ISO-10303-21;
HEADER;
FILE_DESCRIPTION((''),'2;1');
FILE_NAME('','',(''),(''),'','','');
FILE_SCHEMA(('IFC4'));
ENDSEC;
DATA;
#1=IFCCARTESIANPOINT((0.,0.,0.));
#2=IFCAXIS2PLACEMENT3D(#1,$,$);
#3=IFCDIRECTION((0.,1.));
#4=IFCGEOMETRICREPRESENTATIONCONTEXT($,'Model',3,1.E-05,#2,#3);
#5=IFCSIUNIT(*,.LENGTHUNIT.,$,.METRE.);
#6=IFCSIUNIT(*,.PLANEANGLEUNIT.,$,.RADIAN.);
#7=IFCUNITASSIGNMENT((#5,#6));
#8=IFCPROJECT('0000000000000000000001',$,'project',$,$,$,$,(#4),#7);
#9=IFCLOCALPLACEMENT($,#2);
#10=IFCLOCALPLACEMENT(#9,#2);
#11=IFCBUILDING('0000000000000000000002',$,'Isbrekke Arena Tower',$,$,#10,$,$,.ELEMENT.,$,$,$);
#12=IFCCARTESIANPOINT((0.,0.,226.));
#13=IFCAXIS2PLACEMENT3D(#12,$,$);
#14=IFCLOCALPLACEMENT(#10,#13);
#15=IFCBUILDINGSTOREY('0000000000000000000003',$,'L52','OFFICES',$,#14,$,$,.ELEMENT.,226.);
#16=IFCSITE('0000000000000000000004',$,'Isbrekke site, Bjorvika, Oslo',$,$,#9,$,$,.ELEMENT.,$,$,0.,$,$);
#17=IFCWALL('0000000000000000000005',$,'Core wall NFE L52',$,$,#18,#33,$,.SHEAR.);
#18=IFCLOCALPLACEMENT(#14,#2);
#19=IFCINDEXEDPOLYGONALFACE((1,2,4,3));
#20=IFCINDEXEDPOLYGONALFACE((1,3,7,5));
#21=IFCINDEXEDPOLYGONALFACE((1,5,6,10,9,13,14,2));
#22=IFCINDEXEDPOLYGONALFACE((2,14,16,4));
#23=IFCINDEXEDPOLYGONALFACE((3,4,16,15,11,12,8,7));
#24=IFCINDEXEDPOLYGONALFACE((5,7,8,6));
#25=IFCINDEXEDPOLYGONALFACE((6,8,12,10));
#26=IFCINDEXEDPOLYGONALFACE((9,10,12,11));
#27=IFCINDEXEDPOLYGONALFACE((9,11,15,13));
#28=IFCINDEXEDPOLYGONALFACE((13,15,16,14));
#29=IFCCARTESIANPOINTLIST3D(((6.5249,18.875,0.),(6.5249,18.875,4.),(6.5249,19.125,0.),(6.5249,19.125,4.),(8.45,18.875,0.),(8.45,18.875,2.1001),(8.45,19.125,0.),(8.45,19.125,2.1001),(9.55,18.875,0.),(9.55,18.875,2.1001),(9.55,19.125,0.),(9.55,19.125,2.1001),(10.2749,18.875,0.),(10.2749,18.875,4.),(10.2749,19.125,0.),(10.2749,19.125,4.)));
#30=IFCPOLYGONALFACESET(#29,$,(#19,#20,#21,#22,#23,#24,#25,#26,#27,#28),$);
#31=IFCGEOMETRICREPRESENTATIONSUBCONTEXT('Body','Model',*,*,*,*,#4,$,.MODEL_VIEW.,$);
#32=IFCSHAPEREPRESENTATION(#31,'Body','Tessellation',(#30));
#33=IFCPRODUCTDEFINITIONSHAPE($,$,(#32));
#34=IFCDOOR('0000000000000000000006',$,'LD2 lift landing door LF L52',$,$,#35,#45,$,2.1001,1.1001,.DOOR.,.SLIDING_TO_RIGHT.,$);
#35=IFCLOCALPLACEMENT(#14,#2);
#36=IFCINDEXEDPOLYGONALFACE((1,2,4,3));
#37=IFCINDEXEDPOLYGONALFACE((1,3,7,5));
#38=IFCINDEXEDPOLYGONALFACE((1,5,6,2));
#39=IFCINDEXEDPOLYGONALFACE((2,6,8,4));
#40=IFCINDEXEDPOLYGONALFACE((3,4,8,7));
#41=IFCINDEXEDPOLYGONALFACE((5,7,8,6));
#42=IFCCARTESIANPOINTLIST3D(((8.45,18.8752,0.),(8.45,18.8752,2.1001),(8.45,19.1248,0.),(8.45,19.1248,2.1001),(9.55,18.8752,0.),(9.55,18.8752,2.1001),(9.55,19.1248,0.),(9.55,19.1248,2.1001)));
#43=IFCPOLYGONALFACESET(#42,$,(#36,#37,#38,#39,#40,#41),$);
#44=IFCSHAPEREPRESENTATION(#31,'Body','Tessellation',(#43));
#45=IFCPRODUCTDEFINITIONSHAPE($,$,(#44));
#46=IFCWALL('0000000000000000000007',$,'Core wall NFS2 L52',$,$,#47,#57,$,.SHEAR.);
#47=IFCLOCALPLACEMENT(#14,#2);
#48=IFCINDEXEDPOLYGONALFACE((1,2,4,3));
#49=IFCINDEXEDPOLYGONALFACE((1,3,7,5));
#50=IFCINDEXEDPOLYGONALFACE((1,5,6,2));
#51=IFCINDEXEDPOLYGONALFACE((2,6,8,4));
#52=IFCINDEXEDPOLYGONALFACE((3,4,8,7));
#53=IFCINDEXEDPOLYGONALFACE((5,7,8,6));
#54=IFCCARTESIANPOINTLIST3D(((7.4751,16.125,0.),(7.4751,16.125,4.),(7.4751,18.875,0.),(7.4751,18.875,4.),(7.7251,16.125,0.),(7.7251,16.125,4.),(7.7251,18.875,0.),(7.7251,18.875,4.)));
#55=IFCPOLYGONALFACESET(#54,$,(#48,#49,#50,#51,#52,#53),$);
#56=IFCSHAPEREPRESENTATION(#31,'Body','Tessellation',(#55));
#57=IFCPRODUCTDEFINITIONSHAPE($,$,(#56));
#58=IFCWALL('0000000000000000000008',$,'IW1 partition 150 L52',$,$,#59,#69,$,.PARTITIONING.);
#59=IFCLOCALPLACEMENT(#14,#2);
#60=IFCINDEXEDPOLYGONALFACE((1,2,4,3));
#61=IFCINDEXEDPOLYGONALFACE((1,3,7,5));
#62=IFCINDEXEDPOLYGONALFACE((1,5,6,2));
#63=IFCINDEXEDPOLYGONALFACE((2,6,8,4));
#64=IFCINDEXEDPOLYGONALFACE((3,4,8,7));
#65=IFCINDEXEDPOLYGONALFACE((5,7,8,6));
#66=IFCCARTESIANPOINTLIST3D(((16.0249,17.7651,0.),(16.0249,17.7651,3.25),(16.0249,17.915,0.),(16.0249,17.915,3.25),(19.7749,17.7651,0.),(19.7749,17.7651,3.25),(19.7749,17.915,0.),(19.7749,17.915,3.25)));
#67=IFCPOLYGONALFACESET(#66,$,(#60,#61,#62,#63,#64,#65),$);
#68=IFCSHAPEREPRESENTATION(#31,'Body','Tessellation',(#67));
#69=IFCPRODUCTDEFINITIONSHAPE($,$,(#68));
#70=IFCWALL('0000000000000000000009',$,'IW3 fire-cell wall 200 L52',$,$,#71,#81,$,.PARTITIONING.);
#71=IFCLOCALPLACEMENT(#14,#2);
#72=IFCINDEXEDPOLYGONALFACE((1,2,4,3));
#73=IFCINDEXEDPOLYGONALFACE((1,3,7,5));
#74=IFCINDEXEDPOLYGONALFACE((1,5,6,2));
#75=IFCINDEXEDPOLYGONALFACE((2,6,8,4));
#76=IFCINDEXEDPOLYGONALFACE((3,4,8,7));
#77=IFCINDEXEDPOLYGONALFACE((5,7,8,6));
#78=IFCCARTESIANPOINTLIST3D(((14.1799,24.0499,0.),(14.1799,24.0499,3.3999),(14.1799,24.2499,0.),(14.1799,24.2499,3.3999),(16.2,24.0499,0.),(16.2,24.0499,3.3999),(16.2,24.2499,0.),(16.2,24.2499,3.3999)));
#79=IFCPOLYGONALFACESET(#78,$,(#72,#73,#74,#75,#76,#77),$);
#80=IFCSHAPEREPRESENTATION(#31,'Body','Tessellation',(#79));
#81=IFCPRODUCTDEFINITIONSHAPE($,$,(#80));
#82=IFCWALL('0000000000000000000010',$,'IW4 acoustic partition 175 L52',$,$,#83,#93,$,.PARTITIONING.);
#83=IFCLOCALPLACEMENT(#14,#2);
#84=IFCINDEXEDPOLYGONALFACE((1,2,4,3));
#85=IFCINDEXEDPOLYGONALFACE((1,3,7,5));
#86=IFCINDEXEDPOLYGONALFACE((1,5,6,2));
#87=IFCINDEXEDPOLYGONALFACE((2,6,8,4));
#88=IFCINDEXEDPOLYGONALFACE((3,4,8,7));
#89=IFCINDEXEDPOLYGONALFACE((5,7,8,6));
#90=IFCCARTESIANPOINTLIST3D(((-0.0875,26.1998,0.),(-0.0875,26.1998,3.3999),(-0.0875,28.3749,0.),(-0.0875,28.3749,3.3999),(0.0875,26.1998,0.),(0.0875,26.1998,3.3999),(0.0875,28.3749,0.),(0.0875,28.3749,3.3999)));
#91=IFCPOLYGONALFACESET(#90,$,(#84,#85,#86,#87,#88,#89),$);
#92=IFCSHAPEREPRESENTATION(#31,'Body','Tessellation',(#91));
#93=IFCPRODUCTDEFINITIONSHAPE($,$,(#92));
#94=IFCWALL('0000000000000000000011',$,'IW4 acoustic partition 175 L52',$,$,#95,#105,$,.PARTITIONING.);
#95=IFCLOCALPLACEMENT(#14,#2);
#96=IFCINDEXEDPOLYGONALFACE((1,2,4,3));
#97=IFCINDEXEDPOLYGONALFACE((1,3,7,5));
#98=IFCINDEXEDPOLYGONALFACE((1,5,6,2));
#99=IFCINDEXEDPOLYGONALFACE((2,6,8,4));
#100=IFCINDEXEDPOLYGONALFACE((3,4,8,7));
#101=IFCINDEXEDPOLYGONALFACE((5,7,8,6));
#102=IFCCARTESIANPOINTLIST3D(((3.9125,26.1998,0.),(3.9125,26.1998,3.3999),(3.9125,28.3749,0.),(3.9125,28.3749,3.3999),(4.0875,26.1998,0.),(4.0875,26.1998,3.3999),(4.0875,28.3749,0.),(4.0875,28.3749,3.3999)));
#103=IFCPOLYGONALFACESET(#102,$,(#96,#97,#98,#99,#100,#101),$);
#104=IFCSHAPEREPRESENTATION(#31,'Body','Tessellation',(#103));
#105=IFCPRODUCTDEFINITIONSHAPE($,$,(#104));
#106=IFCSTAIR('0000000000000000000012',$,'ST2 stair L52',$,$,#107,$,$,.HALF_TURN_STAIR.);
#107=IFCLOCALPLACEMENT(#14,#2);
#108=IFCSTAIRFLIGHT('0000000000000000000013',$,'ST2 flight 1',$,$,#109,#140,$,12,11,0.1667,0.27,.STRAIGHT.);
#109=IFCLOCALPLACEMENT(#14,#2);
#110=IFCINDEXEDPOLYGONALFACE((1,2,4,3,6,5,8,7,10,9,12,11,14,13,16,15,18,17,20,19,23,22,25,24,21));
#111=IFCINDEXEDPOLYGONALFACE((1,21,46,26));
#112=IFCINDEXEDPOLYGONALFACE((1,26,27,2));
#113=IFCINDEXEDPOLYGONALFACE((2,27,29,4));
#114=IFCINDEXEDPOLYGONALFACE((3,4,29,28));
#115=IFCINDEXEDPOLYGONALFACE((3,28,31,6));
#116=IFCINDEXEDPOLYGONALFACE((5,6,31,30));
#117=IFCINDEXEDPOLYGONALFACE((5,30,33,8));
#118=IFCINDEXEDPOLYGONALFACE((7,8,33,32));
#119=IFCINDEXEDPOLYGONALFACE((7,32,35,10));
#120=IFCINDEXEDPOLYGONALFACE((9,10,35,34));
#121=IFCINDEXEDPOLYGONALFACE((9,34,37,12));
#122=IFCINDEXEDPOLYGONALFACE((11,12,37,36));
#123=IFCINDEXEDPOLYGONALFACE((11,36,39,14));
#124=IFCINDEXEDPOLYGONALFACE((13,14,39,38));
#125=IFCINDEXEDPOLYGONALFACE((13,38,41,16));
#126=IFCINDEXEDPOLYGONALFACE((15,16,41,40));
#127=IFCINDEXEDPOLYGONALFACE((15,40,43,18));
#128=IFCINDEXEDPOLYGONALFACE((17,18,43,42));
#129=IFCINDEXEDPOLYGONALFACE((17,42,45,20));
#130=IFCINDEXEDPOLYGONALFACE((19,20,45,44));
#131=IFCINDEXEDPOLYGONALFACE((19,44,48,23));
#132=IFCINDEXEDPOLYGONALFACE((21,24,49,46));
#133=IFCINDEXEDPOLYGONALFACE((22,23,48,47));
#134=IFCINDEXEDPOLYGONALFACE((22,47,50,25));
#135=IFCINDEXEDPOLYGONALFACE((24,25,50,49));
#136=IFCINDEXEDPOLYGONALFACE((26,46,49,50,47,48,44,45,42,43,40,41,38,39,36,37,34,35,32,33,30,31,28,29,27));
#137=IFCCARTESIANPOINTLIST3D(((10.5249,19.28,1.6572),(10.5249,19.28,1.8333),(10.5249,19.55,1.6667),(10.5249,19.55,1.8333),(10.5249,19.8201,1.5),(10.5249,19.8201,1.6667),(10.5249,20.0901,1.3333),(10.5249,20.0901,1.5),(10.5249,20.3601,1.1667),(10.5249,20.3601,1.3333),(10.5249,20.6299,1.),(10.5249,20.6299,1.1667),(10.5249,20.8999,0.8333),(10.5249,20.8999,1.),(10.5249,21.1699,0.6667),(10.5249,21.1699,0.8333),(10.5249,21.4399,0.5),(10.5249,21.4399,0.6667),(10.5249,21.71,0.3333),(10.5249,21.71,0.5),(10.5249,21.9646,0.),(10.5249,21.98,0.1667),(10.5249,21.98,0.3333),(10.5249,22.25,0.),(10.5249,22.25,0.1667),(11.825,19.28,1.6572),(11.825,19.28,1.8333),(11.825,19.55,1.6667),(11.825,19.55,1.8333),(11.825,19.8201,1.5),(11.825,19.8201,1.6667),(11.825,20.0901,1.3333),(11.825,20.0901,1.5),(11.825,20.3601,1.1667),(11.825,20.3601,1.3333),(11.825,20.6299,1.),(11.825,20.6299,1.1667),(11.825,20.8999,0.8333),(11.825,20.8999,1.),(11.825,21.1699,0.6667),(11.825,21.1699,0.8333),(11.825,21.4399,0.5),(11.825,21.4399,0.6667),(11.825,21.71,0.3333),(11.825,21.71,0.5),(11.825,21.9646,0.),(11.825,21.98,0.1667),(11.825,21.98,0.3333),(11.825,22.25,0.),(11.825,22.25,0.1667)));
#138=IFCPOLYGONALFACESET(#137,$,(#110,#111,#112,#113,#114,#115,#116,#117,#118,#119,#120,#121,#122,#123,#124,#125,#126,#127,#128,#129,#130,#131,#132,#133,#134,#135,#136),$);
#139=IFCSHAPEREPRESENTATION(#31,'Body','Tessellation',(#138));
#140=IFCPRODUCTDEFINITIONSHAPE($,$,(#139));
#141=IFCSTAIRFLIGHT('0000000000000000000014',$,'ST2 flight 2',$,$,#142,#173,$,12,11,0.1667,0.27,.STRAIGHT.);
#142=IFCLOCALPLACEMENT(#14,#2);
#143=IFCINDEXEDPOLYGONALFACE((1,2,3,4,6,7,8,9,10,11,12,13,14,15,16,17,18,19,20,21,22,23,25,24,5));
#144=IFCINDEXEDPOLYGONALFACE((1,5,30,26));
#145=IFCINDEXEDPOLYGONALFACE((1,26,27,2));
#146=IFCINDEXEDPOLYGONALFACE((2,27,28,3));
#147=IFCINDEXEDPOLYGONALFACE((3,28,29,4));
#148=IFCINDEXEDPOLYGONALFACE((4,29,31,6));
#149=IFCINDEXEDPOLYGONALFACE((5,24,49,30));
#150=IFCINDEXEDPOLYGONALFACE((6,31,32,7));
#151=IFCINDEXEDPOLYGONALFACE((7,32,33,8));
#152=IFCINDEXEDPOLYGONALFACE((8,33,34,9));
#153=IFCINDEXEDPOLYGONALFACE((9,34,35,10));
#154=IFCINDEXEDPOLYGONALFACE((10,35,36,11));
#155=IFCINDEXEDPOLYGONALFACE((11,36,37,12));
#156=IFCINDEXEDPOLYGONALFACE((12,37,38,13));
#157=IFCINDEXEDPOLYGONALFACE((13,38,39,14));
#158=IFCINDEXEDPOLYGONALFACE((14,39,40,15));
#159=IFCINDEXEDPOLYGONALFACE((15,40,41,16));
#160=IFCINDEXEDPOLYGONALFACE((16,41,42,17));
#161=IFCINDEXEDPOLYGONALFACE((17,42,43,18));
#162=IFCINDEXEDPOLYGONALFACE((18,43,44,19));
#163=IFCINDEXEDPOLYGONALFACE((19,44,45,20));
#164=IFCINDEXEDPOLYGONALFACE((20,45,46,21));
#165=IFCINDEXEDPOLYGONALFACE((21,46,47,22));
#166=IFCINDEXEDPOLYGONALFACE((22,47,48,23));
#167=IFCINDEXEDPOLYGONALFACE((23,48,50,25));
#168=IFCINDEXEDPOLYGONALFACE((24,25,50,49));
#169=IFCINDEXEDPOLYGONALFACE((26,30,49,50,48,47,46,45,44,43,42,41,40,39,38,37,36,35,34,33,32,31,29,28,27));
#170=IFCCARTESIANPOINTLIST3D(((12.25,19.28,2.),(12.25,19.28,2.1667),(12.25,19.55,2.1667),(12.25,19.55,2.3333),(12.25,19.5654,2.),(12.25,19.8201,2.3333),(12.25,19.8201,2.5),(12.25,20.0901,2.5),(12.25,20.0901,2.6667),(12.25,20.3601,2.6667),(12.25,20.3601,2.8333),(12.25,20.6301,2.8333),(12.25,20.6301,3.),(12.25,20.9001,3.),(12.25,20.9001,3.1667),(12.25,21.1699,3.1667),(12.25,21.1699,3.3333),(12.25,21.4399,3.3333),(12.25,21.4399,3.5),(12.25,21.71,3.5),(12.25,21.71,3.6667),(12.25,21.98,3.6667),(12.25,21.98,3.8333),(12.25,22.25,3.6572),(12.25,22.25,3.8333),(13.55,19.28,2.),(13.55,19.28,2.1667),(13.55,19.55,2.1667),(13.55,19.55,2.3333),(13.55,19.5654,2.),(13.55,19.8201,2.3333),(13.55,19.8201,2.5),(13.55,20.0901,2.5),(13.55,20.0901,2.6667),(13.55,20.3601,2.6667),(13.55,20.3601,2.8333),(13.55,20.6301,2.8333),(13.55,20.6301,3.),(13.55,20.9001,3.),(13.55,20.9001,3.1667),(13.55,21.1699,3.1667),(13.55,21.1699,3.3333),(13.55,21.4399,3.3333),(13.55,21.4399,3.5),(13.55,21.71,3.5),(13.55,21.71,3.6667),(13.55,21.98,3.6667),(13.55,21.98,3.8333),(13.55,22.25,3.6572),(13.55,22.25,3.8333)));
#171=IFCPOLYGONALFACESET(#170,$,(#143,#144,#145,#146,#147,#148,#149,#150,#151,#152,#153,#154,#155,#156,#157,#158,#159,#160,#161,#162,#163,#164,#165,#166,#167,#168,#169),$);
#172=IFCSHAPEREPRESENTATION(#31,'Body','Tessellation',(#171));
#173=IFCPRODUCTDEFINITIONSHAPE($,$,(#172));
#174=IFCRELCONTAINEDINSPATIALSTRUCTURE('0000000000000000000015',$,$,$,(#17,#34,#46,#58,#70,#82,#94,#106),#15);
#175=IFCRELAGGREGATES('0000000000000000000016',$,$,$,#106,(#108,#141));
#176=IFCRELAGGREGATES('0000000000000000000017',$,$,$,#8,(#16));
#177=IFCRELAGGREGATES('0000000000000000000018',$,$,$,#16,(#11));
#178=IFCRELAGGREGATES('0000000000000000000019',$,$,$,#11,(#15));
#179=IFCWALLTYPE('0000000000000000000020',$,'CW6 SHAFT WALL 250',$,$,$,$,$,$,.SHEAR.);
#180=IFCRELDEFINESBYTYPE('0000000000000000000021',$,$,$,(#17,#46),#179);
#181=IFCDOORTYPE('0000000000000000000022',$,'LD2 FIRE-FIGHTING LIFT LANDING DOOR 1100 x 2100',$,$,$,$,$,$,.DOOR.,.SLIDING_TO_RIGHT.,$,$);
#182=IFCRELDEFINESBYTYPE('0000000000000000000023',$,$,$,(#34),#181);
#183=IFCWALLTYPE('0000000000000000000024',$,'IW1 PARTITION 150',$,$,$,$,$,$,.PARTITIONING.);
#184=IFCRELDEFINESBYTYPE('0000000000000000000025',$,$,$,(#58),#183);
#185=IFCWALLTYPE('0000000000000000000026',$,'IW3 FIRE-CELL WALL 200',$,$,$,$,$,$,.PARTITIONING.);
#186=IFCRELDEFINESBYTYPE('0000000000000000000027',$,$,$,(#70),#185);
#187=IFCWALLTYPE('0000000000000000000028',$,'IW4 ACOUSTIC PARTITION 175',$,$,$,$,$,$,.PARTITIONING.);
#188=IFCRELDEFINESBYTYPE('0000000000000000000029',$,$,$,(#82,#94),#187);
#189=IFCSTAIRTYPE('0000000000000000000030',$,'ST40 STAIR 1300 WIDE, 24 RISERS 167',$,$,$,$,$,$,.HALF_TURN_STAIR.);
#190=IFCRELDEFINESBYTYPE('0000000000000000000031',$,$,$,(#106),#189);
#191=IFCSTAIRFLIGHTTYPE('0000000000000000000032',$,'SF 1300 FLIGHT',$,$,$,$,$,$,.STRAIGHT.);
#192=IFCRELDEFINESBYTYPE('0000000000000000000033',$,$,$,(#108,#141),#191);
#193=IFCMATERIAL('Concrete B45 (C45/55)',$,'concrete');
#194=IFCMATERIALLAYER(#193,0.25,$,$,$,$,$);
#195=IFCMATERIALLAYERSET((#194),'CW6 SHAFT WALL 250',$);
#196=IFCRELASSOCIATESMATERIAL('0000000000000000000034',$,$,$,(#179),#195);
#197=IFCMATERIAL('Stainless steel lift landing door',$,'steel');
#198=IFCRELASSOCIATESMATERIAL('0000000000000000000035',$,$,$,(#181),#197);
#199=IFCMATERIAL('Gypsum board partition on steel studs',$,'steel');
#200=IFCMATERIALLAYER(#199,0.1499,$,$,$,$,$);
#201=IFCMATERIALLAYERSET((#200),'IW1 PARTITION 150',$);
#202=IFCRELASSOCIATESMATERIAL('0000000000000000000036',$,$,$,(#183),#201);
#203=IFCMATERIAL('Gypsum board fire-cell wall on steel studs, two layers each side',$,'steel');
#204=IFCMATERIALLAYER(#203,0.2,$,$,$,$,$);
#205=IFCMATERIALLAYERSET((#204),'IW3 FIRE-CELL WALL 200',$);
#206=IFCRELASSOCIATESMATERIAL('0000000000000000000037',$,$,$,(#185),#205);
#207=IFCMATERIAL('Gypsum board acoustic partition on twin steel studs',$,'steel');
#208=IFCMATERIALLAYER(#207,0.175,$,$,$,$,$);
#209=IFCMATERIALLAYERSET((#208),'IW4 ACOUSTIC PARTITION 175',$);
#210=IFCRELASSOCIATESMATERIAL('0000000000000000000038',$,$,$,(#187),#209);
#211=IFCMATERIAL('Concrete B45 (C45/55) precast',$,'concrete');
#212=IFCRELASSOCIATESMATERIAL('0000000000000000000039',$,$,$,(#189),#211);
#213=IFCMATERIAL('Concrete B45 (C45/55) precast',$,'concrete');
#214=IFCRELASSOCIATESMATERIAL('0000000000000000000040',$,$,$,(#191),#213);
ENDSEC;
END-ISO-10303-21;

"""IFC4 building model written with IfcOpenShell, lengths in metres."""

from ifc_helpers import new_model, si_unit, direction, frame, frame_2d, origin, place, context, subcontext, project, spatial, polyline, rectangle, outline, extrude, material, layer, layer_set, type_object, element, fill, aggregate, save


model = new_model("IFC4")

# Units and contexts
model_context = context("Model", 3, precision=1e-05, world=origin(), true_north=direction((0.0, 1.0)))
body_context = subcontext(model_context, "Body", "Model", "MODEL_VIEW")
ifc_project = project(units=[si_unit("LENGTHUNIT", "METRE"), si_unit("PLANEANGLEUNIT", "RADIAN")], contexts=[model_context])

# Site, building, storey
site_placement = place(None, origin())
site = spatial("IfcSite", under=ifc_project, at=site_placement, Name="Isbrekke site, Bjorvika, Oslo", CompositionType="ELEMENT", RefElevation=0.0)
building_placement = place(site_placement, origin())
building = spatial("IfcBuilding", under=site, at=building_placement, Name="Isbrekke Arena Tower", CompositionType="ELEMENT")
storey_placement = place(building_placement, frame((0.0, 0.0, 226.0)))
storey = spatial("IfcBuildingStorey", under=building, at=storey_placement, Name="L52", Description="OFFICES", CompositionType="ELEMENT", Elevation=226.0)

# Shared definitions
ifc_material_1 = material(Name="Concrete B45 (C45/55)", Category="concrete")
ifc_layer_1 = layer(ifc_material_1, 0.25)
ifc_layer_set_1 = layer_set([ifc_layer_1], Name="CW6 SHAFT WALL 250")
wall_type_1 = type_object("IfcWallType", Name="CW6 SHAFT WALL 250", PredefinedType="SHEAR", material=ifc_layer_set_1)

# Wall, opening, door
wall_1_placement = place(storey_placement, frame((6.5249, 19.0, 0.0), z_axis=(0.0, 0.0, 1.0), x_axis=(1.0, 0.0, 0.0)))
wall_1 = element("IfcWall", 1, at=wall_1_placement, inside=storey, type_object=wall_type_1, Name="Core wall NFE L52", PredefinedType="SHEAR", context=body_context, shape_type="SweptSolid", body=[
    extrude(rectangle(XDim=3.75, YDim=0.25, at=frame_2d((1.875, 0.0))), origin(), (0.0, 0.0, 1.0), 4.0),
])
opening_1_placement = place(wall_1_placement, frame((1.925, 0.0, 0.0)))
opening_1 = element("IfcOpeningElement", 2, at=opening_1_placement, cuts=wall_1, PredefinedType="OPENING", context=body_context, shape_type="SweptSolid", body=[
    extrude(rectangle(XDim=1.1001, YDim=2.1001, at=frame_2d((0.55, 1.05))), frame((0.0, 0.1399, 0.0), z_axis=(0.0, -1.0, 0.0), x_axis=(1.0, 0.0, 0.0)), (0.0, 0.0, 1.0), 0.2798),
])
ifc_material_2 = material(Name="Stainless steel lift landing door", Category="steel")
door_type_1 = type_object("IfcDoorType", Name="LD2 FIRE-FIGHTING LIFT LANDING DOOR 1100 x 2100", OperationType="SLIDING_TO_RIGHT", PredefinedType="DOOR", material=ifc_material_2)
door_1_placement = place(opening_1_placement, origin())
door_1 = element("IfcDoor", 3, at=door_1_placement, inside=storey, type_object=door_type_1, Name="LD2 lift landing door LF L52", OperationType="SLIDING_TO_RIGHT", OverallHeight=2.1001, OverallWidth=1.1001, PredefinedType="DOOR", context=body_context, shape_type="SweptSolid", body=[
    extrude(rectangle(XDim=1.1001, YDim=2.1001, at=frame_2d((0.55, 1.05))), frame((0.0, 0.1248, 0.0), z_axis=(0.0, -1.0, 0.0), x_axis=(1.0, 0.0, 0.0)), (0.0, 0.0, 1.0), 0.2495),
])
fill(opening_1, door_1)

# Walls
wall_2_placement = place(storey_placement, frame((7.6001, 16.125, 0.0), z_axis=(0.0, 0.0, 1.0), x_axis=(0.0, 1.0, 0.0)))
element("IfcWall", 4, at=wall_2_placement, inside=storey, type_object=wall_type_1, Name="Core wall NFS2 L52", PredefinedType="SHEAR", context=body_context, shape_type="SweptSolid", body=[
    extrude(rectangle(XDim=2.75, YDim=0.25, at=frame_2d((1.375, 0.0))), origin(), (0.0, 0.0, 1.0), 4.0),
])
ifc_material_3 = material(Name="Gypsum board partition on steel studs", Category="steel")
ifc_layer_2 = layer(ifc_material_3, 0.1499)
ifc_layer_set_2 = layer_set([ifc_layer_2], Name="IW1 PARTITION 150")
wall_type_2 = type_object("IfcWallType", Name="IW1 PARTITION 150", PredefinedType="PARTITIONING", material=ifc_layer_set_2)
wall_3_placement = place(storey_placement, frame((16.0249, 17.8401, 0.0), z_axis=(0.0, 0.0, 1.0), x_axis=(1.0, 0.0, 0.0)))
element("IfcWall", 5, at=wall_3_placement, inside=storey, type_object=wall_type_2, Name="IW1 partition 150 L52", PredefinedType="PARTITIONING", context=body_context, shape_type="SweptSolid", body=[
    extrude(rectangle(XDim=3.75, YDim=0.1499, at=frame_2d((1.875, 0.0))), origin(), (0.0, 0.0, 1.0), 3.25),
])
ifc_material_4 = material(Name="Gypsum board fire-cell wall on steel studs, two layers each side", Category="steel")
ifc_layer_3 = layer(ifc_material_4, 0.2)
ifc_layer_set_3 = layer_set([ifc_layer_3], Name="IW3 FIRE-CELL WALL 200")
wall_type_3 = type_object("IfcWallType", Name="IW3 FIRE-CELL WALL 200", PredefinedType="PARTITIONING", material=ifc_layer_set_3)
wall_4_placement = place(storey_placement, frame((14.1799, 24.1499, 0.0), z_axis=(0.0, 0.0, 1.0), x_axis=(1.0, 0.0, 0.0)))
element("IfcWall", 6, at=wall_4_placement, inside=storey, type_object=wall_type_3, Name="IW3 fire-cell wall 200 L52", PredefinedType="PARTITIONING", context=body_context, shape_type="SweptSolid", body=[
    extrude(rectangle(XDim=2.02, YDim=0.2, at=frame_2d((1.01, 0.0))), origin(), (0.0, 0.0, 1.0), 3.3999),
])
ifc_material_5 = material(Name="Gypsum board acoustic partition on twin steel studs", Category="steel")
ifc_layer_4 = layer(ifc_material_5, 0.175)
ifc_layer_set_4 = layer_set([ifc_layer_4], Name="IW4 ACOUSTIC PARTITION 175")
wall_type_4 = type_object("IfcWallType", Name="IW4 ACOUSTIC PARTITION 175", PredefinedType="PARTITIONING", material=ifc_layer_set_4)
for number, where, z_axis, x_axis, name in (
    (7, (0.0, 26.2, 0.0), (0.0, 0.0, 1.0), (0.0, 1.0, 0.0), "IW4 acoustic partition 175 L52"),
    (8, (4.0, 26.2, 0.0), (0.0, 0.0, 1.0), (0.0, 1.0, 0.0), "IW4 acoustic partition 175 L52"),
):
    element("IfcWall", number, at=place(storey_placement, frame(where, z_axis=z_axis, x_axis=x_axis)), inside=storey, type_object=wall_type_4, Name=name, PredefinedType="PARTITIONING", context=body_context, shape_type="SweptSolid", body=[
        extrude(rectangle(XDim=2.175, YDim=0.175, at=frame_2d((1.0874, 0.0))), origin(), (0.0, 0.0, 1.0), 3.3999),
    ])

# Stair, stair flights
ifc_material_6 = material(Name="Concrete B45 (C45/55) precast", Category="concrete")
stair_type = type_object("IfcStairType", Name="ST40 STAIR 1300 WIDE, 24 RISERS 167", PredefinedType="HALF_TURN_STAIR", material=ifc_material_6)
stair_placement = place(storey_placement, origin())
stair = element("IfcStair", 9, at=stair_placement, inside=storey, type_object=stair_type, Name="ST2 stair L52", PredefinedType="HALF_TURN_STAIR")
ifc_material_7 = material(Name="Concrete B45 (C45/55) precast", Category="concrete")
stair_flight_type = type_object("IfcStairFlightType", Name="SF 1300 FLIGHT", PredefinedType="STRAIGHT", material=ifc_material_7)
stair_flight_1_placement = place(storey_placement, frame((11.175, 22.25, 0.0), z_axis=(0.0, 0.0, 1.0), x_axis=(0.0, -1.0, 0.0)))
stair_flight_1 = element("IfcStairFlight", 10, at=stair_flight_1_placement, type_object=stair_flight_type, Name="ST2 flight 1", NumberOfRisers=12, NumberOfTreads=11, PredefinedType="STRAIGHT", RiserHeight=0.1667, TreadLength=0.27, context=body_context, shape_type="SweptSolid", body=[
    extrude(outline(polyline([(0.0, 0.0), (0.0, 0.1667), (0.27, 0.1667), (0.27, 0.3333), (0.54, 0.3333), (0.54, 0.5), (0.8101, 0.5), (0.8101, 0.6667), (1.0801, 0.6667), (1.0801, 0.8333), (1.3501, 0.8333), (1.3501, 1.0), (1.6201, 1.0), (1.6201, 1.1667), (1.8899, 1.1667), (1.8899, 1.3333), (2.1599, 1.3333), (2.1599, 1.5), (2.4299, 1.5), (2.4299, 1.6667), (2.7, 1.6667), (2.7, 1.8333), (2.97, 1.8333), (2.97, 2.0), (2.97, 1.6572), (0.2854, 0.0), (0.0, 0.0)])), frame((0.0, 0.6499, 0.0), z_axis=(0.0, -1.0, 0.0), x_axis=(1.0, 0.0, 0.0)), (0.0, 0.0, 1.0), 1.3),
])
stair_flight_2_placement = place(storey_placement, frame((12.8999, 19.28, 2.0), z_axis=(0.0, 0.0, 1.0), x_axis=(0.0, 1.0, 0.0)))
stair_flight_2 = element("IfcStairFlight", 11, at=stair_flight_2_placement, type_object=stair_flight_type, Name="ST2 flight 2", NumberOfRisers=12, NumberOfTreads=11, PredefinedType="STRAIGHT", RiserHeight=0.1667, TreadLength=0.27, context=body_context, shape_type="SweptSolid", body=[
    extrude(outline(polyline([(0.0, 0.0), (0.0, 0.1667), (0.27, 0.1667), (0.27, 0.3333), (0.54, 0.3333), (0.54, 0.5), (0.8101, 0.5), (0.8101, 0.6667), (1.0801, 0.6667), (1.0801, 0.8333), (1.3501, 0.8333), (1.3501, 1.0), (1.6201, 1.0), (1.6201, 1.1667), (1.8899, 1.1667), (1.8899, 1.3333), (2.1599, 1.3333), (2.1599, 1.5), (2.4299, 1.5), (2.4299, 1.6667), (2.7, 1.6667), (2.7, 1.8333), (2.97, 1.8333), (2.97, 2.0), (2.97, 1.6572), (0.2854, 0.0), (0.0, 0.0)])), frame((0.0, 0.6499, 0.0), z_axis=(0.0, -1.0, 0.0), x_axis=(1.0, 0.0, 0.0)), (0.0, 0.0, 1.0), 1.3),
])
aggregate(stair, [stair_flight_1, stair_flight_2])

save(model, "model.ifc")
